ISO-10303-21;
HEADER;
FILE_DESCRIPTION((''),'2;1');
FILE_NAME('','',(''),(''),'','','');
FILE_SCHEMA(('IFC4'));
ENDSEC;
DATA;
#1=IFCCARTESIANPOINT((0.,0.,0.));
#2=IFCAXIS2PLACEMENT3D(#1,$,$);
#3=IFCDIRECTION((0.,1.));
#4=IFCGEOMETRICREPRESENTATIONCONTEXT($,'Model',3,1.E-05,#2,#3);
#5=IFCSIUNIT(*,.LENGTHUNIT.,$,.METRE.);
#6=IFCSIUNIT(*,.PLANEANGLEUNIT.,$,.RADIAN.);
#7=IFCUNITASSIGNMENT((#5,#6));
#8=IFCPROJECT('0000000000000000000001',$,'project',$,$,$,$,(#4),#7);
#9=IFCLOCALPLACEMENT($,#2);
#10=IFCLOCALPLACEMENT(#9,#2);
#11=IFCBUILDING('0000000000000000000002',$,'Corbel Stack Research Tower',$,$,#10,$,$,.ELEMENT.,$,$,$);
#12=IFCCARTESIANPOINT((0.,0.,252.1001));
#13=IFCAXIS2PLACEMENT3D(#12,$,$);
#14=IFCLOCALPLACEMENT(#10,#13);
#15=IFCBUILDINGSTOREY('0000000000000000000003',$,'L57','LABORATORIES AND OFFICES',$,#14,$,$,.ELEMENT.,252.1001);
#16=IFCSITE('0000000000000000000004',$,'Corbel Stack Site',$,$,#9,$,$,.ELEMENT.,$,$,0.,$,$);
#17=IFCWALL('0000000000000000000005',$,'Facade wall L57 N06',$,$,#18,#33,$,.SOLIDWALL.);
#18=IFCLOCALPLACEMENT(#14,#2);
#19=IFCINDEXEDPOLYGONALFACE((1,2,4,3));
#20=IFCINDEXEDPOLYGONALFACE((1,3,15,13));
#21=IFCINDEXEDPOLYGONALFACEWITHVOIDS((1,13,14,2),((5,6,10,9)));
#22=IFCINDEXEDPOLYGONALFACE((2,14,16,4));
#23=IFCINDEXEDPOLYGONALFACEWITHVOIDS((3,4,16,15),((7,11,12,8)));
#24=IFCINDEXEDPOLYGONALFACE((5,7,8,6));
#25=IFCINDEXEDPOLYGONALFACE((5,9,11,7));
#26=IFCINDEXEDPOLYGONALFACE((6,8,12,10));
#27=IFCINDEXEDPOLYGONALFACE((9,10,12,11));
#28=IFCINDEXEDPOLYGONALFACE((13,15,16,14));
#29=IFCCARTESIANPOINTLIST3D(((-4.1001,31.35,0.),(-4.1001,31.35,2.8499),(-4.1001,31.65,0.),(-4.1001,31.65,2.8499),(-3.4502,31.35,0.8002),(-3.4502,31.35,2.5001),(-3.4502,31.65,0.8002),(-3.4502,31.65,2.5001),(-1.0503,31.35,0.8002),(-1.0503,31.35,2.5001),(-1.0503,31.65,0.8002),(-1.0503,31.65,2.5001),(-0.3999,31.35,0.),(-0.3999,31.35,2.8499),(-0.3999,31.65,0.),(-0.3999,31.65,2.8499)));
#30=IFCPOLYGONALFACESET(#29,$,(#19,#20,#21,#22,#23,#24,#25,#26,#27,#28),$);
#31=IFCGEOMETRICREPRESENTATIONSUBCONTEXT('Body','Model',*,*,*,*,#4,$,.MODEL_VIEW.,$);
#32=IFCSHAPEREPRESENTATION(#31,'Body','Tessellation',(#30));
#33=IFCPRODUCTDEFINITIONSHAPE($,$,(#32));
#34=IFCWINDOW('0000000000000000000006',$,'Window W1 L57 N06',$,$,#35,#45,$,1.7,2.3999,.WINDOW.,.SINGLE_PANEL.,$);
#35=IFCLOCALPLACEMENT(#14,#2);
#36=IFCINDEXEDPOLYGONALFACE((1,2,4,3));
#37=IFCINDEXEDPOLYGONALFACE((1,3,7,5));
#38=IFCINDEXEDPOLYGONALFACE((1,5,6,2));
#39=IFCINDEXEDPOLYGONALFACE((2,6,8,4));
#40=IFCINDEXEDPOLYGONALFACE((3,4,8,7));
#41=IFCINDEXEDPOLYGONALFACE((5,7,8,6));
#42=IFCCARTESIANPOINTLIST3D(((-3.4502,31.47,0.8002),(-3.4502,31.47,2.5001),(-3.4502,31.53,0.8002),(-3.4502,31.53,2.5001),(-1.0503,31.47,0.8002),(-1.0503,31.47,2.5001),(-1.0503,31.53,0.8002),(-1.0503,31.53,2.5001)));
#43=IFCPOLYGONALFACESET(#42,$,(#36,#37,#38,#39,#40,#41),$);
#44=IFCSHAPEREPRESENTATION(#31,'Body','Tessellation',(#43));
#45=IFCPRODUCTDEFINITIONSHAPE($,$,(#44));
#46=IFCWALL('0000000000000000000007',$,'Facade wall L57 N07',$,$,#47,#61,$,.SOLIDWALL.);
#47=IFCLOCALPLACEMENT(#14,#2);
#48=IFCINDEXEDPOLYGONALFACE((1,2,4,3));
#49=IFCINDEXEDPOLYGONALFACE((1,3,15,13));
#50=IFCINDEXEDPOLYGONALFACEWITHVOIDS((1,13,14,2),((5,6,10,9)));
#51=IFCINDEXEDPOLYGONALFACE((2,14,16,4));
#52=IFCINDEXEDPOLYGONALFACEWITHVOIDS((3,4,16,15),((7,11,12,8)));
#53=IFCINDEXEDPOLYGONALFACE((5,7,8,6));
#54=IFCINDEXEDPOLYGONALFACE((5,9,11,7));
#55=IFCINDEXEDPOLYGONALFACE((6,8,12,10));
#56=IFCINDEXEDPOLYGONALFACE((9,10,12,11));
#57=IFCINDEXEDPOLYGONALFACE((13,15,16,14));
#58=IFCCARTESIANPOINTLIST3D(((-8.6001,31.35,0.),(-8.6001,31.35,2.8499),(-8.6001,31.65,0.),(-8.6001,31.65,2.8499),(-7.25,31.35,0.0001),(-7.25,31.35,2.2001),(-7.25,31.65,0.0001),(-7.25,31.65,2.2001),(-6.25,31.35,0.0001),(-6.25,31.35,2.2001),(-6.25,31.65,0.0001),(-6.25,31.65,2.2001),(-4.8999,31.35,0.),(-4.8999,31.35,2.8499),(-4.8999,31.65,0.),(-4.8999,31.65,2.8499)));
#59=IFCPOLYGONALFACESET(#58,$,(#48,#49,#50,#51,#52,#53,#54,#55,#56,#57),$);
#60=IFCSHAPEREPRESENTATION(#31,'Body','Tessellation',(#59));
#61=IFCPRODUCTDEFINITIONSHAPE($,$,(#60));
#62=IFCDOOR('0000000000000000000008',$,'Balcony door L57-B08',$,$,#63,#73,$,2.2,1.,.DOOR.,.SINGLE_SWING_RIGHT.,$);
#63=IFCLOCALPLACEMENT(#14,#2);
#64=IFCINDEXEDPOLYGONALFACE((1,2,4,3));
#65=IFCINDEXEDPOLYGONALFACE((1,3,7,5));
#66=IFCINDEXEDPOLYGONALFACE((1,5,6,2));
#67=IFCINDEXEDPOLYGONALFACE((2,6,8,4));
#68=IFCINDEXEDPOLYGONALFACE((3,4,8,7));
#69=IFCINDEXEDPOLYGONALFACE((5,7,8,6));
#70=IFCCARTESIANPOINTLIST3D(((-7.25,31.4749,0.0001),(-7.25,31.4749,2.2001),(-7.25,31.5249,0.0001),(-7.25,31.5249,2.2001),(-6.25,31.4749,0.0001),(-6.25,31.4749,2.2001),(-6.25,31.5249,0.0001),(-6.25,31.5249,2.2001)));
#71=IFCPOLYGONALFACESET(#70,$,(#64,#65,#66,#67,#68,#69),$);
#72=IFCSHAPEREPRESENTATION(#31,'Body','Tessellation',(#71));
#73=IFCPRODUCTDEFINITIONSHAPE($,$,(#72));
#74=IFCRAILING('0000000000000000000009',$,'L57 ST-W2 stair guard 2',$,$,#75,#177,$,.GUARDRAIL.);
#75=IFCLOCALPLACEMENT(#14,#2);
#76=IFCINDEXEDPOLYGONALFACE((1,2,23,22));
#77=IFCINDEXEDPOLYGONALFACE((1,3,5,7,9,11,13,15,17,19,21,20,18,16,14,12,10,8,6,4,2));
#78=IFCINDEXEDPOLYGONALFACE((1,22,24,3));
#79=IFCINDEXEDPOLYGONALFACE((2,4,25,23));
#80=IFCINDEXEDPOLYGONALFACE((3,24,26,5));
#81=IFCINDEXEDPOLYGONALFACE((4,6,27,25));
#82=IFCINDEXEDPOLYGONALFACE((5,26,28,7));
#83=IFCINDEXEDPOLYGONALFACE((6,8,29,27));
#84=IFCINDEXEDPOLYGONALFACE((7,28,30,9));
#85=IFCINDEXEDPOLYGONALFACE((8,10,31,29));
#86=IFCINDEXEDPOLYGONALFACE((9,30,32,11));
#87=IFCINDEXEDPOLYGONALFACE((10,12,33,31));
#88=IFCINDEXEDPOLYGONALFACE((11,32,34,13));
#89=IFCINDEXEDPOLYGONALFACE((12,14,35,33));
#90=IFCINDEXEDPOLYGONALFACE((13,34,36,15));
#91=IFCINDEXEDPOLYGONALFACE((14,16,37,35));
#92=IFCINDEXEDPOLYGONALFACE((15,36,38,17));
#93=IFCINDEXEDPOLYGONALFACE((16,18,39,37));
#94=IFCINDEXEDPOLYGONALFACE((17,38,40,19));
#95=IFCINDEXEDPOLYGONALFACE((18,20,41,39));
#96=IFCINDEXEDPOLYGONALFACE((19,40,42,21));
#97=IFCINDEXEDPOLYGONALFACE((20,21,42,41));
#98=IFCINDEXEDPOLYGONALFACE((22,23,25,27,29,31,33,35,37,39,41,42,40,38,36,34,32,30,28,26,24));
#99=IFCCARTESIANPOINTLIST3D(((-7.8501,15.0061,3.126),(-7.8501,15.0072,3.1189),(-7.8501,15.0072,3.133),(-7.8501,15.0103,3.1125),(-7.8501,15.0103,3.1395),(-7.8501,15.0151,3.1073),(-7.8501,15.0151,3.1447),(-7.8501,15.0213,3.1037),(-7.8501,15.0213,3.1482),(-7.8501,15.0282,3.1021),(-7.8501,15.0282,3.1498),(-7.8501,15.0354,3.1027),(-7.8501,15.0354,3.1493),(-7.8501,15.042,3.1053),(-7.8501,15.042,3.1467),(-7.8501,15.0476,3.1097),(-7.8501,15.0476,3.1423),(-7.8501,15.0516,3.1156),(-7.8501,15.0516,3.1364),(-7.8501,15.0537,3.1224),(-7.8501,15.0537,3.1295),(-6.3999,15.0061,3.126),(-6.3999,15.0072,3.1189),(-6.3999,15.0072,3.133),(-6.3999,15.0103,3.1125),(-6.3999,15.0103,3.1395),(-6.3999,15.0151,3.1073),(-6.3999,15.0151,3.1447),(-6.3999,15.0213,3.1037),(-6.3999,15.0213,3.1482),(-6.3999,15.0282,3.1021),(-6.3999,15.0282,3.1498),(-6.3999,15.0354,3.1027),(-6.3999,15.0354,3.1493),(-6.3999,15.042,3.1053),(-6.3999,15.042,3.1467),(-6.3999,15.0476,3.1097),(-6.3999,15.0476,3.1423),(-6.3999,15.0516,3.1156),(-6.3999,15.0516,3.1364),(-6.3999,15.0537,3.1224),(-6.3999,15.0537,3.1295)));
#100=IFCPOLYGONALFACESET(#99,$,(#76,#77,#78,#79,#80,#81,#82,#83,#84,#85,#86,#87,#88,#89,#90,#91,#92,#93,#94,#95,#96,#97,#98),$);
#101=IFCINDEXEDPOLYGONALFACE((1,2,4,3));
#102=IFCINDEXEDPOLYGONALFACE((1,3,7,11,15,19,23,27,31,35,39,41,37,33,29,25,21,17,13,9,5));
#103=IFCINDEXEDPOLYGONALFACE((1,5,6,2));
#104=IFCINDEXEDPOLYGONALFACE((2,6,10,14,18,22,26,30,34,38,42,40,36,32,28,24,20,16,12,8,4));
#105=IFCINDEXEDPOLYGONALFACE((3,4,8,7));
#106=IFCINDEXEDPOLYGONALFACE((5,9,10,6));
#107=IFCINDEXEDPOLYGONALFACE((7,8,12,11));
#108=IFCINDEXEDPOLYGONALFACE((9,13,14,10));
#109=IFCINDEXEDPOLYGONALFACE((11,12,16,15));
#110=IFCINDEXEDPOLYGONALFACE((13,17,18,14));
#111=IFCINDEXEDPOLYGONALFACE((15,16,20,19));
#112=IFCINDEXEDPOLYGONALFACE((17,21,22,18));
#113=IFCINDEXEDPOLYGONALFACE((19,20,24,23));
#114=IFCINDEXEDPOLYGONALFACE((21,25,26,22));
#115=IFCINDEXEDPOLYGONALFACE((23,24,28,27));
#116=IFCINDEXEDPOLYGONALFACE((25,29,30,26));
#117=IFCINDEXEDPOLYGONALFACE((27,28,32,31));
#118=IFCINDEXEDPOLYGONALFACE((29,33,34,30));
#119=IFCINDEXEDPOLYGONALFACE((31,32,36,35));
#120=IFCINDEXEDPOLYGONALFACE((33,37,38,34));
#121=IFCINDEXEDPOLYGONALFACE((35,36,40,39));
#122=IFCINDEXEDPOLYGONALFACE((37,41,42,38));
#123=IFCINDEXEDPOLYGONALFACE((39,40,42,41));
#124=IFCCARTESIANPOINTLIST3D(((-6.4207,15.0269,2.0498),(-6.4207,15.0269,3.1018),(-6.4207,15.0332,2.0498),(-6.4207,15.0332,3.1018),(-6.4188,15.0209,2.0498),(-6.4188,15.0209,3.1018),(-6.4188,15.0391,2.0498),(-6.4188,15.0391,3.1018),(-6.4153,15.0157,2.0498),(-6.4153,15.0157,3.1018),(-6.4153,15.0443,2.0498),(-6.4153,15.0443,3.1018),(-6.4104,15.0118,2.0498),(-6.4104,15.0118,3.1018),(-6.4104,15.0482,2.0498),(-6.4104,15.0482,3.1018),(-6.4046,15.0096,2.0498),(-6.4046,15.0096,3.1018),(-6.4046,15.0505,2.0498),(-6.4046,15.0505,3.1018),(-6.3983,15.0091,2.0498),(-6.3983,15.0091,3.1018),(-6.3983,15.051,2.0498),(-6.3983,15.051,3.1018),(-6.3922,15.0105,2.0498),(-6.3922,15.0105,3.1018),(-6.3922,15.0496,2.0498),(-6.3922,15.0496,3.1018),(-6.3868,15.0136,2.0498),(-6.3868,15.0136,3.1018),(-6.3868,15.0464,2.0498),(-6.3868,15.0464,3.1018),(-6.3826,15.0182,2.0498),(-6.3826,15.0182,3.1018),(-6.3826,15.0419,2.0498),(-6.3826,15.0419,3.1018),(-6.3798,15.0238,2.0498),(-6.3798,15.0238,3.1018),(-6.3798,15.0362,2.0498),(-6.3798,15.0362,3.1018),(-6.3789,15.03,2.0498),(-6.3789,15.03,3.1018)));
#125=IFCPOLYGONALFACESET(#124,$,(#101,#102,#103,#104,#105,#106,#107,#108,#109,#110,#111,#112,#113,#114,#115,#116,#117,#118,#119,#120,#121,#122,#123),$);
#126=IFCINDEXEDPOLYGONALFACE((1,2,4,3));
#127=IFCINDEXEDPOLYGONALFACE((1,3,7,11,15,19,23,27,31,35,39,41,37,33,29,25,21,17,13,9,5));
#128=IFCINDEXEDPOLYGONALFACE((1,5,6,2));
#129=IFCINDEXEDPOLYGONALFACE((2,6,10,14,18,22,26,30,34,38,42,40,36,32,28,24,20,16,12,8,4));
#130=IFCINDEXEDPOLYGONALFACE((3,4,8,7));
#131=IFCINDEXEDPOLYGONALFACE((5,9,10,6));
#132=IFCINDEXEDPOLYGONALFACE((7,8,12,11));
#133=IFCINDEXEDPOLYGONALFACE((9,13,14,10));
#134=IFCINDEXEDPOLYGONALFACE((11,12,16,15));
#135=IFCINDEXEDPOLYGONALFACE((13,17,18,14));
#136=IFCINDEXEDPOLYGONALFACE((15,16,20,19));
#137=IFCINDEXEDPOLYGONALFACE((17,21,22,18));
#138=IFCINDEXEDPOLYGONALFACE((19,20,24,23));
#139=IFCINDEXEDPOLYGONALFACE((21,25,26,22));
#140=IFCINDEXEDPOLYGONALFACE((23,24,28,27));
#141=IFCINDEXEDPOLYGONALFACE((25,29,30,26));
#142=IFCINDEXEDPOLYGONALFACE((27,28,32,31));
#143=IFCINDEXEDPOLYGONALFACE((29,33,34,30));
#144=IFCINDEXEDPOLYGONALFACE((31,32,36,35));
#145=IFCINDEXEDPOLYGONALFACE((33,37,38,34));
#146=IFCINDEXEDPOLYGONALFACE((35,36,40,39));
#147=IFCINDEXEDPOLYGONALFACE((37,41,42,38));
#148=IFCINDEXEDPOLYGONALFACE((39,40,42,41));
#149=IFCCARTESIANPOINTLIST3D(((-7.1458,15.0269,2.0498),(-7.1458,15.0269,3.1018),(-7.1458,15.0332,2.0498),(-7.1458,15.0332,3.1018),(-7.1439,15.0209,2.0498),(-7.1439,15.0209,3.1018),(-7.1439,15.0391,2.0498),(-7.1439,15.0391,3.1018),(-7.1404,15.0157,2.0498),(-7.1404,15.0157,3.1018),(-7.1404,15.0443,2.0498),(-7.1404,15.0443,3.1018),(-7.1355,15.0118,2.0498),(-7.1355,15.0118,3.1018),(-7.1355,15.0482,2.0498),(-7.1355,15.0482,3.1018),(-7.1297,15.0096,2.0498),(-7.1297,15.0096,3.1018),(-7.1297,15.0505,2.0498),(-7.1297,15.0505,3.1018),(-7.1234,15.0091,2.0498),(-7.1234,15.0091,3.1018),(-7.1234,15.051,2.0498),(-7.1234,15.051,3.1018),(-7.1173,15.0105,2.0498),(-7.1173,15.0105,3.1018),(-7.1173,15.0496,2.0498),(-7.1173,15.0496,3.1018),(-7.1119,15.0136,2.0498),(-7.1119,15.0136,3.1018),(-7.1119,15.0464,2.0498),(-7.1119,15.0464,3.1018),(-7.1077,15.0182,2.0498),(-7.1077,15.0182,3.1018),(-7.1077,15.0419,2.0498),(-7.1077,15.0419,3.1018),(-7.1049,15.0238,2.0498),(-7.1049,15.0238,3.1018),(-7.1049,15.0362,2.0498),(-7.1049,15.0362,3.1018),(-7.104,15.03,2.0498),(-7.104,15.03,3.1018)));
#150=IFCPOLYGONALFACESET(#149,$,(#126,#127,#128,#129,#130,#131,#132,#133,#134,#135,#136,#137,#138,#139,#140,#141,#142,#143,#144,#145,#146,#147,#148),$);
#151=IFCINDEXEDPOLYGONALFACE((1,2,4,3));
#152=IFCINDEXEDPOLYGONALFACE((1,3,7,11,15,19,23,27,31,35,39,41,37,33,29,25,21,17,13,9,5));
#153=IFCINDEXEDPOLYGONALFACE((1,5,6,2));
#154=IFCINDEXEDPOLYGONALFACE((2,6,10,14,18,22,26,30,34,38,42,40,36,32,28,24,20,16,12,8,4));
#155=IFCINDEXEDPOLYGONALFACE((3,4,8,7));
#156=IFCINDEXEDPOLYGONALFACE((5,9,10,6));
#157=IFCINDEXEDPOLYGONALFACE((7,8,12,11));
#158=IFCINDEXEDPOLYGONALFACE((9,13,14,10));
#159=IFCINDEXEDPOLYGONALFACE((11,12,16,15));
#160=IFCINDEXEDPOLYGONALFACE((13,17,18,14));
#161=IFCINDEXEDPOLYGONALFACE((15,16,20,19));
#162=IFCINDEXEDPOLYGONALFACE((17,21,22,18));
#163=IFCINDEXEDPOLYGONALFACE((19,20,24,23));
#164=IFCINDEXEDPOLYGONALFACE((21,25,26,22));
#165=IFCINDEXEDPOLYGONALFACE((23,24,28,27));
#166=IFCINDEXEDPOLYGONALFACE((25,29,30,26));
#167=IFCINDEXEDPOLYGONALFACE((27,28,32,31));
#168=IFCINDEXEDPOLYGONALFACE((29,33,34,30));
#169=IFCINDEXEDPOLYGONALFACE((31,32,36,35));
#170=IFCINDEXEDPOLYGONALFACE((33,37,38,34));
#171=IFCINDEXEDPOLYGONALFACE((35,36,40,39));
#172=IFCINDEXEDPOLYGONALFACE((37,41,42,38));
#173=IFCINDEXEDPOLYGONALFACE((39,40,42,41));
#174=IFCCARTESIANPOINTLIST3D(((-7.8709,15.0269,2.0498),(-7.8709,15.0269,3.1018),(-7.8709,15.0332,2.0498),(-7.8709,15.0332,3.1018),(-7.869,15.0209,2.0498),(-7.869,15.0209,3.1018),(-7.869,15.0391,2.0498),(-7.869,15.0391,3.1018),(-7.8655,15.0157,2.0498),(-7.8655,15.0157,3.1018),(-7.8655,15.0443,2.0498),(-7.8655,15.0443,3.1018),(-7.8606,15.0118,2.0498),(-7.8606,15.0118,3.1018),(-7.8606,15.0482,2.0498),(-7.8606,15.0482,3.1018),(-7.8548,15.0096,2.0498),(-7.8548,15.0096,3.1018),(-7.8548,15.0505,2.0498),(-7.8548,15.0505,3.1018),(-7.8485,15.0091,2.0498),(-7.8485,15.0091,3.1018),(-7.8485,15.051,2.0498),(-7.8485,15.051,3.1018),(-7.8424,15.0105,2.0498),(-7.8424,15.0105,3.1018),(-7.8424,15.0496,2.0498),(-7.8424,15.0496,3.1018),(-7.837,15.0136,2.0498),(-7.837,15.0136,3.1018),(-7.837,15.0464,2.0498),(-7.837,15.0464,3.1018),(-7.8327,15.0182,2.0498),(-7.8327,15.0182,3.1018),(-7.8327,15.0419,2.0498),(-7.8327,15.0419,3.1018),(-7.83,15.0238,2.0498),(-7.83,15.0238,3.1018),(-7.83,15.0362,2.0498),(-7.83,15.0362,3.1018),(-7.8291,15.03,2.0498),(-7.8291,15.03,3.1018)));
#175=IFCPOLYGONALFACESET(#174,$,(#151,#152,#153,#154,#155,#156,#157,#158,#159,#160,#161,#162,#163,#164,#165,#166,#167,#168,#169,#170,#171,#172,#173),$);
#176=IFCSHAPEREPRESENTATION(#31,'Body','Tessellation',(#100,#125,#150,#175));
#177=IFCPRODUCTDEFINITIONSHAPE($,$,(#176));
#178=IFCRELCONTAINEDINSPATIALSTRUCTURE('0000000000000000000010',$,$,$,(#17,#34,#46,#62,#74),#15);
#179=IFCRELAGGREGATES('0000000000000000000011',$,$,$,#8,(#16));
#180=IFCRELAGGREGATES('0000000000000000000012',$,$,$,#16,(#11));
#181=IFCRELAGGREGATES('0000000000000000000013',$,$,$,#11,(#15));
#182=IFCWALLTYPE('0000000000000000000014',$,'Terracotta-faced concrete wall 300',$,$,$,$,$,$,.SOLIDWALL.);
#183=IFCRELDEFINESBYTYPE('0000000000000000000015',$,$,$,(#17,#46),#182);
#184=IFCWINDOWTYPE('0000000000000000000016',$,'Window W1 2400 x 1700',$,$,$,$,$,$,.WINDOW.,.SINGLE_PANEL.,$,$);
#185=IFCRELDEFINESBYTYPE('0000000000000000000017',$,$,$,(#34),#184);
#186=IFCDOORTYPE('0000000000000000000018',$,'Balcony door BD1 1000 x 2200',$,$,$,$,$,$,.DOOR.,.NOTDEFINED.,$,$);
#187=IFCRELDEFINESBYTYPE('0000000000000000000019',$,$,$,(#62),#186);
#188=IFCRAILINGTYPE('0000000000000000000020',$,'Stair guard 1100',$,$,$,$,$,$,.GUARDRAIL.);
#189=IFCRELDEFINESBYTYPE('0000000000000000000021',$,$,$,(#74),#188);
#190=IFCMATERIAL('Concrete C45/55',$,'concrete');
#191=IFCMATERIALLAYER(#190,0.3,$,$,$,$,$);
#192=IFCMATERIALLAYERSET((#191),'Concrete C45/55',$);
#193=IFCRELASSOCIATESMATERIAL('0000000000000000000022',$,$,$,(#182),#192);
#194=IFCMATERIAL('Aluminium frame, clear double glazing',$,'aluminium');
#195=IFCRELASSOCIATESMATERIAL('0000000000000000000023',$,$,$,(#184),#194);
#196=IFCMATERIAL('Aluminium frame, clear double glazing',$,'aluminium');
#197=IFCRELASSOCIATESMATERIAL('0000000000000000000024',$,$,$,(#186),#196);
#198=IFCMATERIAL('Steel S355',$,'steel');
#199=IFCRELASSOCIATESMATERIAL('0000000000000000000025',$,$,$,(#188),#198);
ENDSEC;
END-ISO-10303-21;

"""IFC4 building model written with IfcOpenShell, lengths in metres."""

from ifc_helpers import new_model, si_unit, direction, frame, frame_2d, origin, origin_2d, place, context, subcontext, project, spatial, rectangle, circle, extrude, material, layer, layer_set, type_object, element, fill, save


model = new_model("IFC4")

# Units and contexts
model_context = context("Model", 3, precision=1e-05, world=origin(), true_north=direction((0.0, 1.0)))
body_context = subcontext(model_context, "Body", "Model", "MODEL_VIEW")
ifc_project = project(units=[si_unit("LENGTHUNIT", "METRE"), si_unit("PLANEANGLEUNIT", "RADIAN")], contexts=[model_context])

# Site, building, storey
site_placement = place(None, origin())
site = spatial("IfcSite", under=ifc_project, at=site_placement, Name="Corbel Stack Site", CompositionType="ELEMENT", RefElevation=0.0)
building_placement = place(site_placement, origin())
building = spatial("IfcBuilding", under=site, at=building_placement, Name="Corbel Stack Research Tower", CompositionType="ELEMENT")
storey_placement = place(building_placement, frame((0.0, 0.0, 252.1001)))
storey = spatial("IfcBuildingStorey", under=building, at=storey_placement, Name="L57", Description="LABORATORIES AND OFFICES", CompositionType="ELEMENT", Elevation=252.1001)

# Wall, opening, window
ifc_material_1 = material(Name="Concrete C45/55", Category="concrete")
ifc_layer_1 = layer(ifc_material_1, 0.3)
ifc_layer_set_1 = layer_set([ifc_layer_1], Name="Concrete C45/55")
wall_type_1 = type_object("IfcWallType", Name="Terracotta-faced concrete wall 300", PredefinedType="SOLIDWALL", material=ifc_layer_set_1)
ifc_material_2 = material(Name="Aluminium frame, clear double glazing", Category="aluminium")
window_type = type_object("IfcWindowType", Name="Window W1 2400 x 1700", PartitioningType="SINGLE_PANEL", PredefinedType="WINDOW", material=ifc_material_2)
wall_1_placement = place(storey_placement, frame((-4.1001, 31.5, 0.0), z_axis=(0.0, 0.0, 1.0), x_axis=(1.0, 0.0, 0.0)))
wall_1 = element("IfcWall", 1, at=wall_1_placement, inside=storey, type_object=wall_type_1, Name="Facade wall L57 N06", PredefinedType="SOLIDWALL", context=body_context, shape_type="SweptSolid", body=[
    extrude(rectangle(XDim=3.7002, YDim=0.3, at=frame_2d((1.8501, 0.0))), origin(), (0.0, 0.0, 1.0), 2.8499),
])
opening_1_placement = place(wall_1_placement, frame((0.6499, 0.0, 0.8)))
opening_1 = element("IfcOpeningElement", 2, at=opening_1_placement, cuts=wall_1, PredefinedType="OPENING", context=body_context, shape_type="SweptSolid", body=[
    extrude(rectangle(XDim=2.3999, YDim=1.7, at=frame_2d((1.2, 0.8501))), frame((0.0, 0.1599, 0.0), z_axis=(0.0, -1.0, 0.0), x_axis=(1.0, 0.0, 0.0)), (0.0, 0.0, 1.0), 0.3201),
])
window_1_placement = place(opening_1_placement, origin())
window_1 = element("IfcWindow", 3, at=window_1_placement, inside=storey, type_object=window_type, Name="Window W1 L57 N06", OverallHeight=1.7, OverallWidth=2.3999, PartitioningType="SINGLE_PANEL", PredefinedType="WINDOW", context=body_context, shape_type="SweptSolid", body=[
    extrude(rectangle(XDim=2.3999, YDim=1.7, at=frame_2d((1.2, 0.8501))), frame((0.0, 0.03, 0.0), z_axis=(0.0, -1.0, 0.0), x_axis=(1.0, 0.0, 0.0)), (0.0, 0.0, 1.0), 0.0601),
])
fill(opening_1, window_1)

# Wall, opening, door
wall_2_placement = place(storey_placement, frame((-8.6001, 31.5, 0.0), z_axis=(0.0, 0.0, 1.0), x_axis=(1.0, 0.0, 0.0)))
wall_2 = element("IfcWall", 4, at=wall_2_placement, inside=storey, type_object=wall_type_1, Name="Facade wall L57 N07", PredefinedType="SOLIDWALL", context=body_context, shape_type="SweptSolid", body=[
    extrude(rectangle(XDim=3.7002, YDim=0.3, at=frame_2d((1.8501, 0.0))), origin(), (0.0, 0.0, 1.0), 2.8499),
])
opening_2_placement = place(wall_2_placement, frame((1.3501, 0.0, 0.0)))
opening_2 = element("IfcOpeningElement", 5, at=opening_2_placement, cuts=wall_2, PredefinedType="OPENING", context=body_context, shape_type="SweptSolid", body=[
    extrude(rectangle(XDim=1.0, YDim=2.2, at=frame_2d((0.5, 1.1001))), frame((0.0, 0.1599, 0.0), z_axis=(0.0, -1.0, 0.0), x_axis=(1.0, 0.0, 0.0)), (0.0, 0.0, 1.0), 0.3201),
])
ifc_material_3 = material(Name="Aluminium frame, clear double glazing", Category="aluminium")
door_type_1 = type_object("IfcDoorType", Name="Balcony door BD1 1000 x 2200", OperationType="NOTDEFINED", PredefinedType="DOOR", material=ifc_material_3)
door_1_placement = place(opening_2_placement, origin())
door_1 = element("IfcDoor", 6, at=door_1_placement, inside=storey, type_object=door_type_1, Name="Balcony door L57-B08", OperationType="SINGLE_SWING_RIGHT", OverallHeight=2.2, OverallWidth=1.0, PredefinedType="DOOR", context=body_context, shape_type="SweptSolid", body=[
    extrude(rectangle(XDim=1.0, YDim=2.2, at=frame_2d((0.5, 1.1001))), frame((0.0, 0.0249, 0.0), z_axis=(0.0, -1.0, 0.0), x_axis=(1.0, 0.0, 0.0)), (0.0, 0.0, 1.0), 0.05),
])
fill(opening_2, door_1)

# Railing
ifc_material_4 = material(Name="Steel S355", Category="steel")
railing_type = type_object("IfcRailingType", Name="Stair guard 1100", PredefinedType="GUARDRAIL", material=ifc_material_4)
railing_placement = place(storey_placement, frame((-6.3999, 15.03, 2.0498)))
element("IfcRailing", 7, at=railing_placement, inside=storey, type_object=railing_type, Name="L57 ST-W2 stair guard 2", PredefinedType="GUARDRAIL", context=body_context, shape_type="SweptSolid", body=[
    extrude(circle(Radius=0.0239, at=origin_2d()), frame((0.0, 0.0, 1.0762), z_axis=(-1.0, 0.0, 0.0), x_axis=(0.0, -1.0, 0.0)), (0.0, 0.0, 1.0), 1.4502),
    extrude(circle(Radius=0.021, at=origin_2d()), origin(), (0.0, 0.0, 1.0), 1.052),
    extrude(circle(Radius=0.021, at=origin_2d()), frame((-0.7251, 0.0, 0.0)), (0.0, 0.0, 1.0), 1.052),
    extrude(circle(Radius=0.021, at=origin_2d()), frame((-1.4502, 0.0, 0.0)), (0.0, 0.0, 1.0), 1.052),
])

save(model, "model.ifc")
